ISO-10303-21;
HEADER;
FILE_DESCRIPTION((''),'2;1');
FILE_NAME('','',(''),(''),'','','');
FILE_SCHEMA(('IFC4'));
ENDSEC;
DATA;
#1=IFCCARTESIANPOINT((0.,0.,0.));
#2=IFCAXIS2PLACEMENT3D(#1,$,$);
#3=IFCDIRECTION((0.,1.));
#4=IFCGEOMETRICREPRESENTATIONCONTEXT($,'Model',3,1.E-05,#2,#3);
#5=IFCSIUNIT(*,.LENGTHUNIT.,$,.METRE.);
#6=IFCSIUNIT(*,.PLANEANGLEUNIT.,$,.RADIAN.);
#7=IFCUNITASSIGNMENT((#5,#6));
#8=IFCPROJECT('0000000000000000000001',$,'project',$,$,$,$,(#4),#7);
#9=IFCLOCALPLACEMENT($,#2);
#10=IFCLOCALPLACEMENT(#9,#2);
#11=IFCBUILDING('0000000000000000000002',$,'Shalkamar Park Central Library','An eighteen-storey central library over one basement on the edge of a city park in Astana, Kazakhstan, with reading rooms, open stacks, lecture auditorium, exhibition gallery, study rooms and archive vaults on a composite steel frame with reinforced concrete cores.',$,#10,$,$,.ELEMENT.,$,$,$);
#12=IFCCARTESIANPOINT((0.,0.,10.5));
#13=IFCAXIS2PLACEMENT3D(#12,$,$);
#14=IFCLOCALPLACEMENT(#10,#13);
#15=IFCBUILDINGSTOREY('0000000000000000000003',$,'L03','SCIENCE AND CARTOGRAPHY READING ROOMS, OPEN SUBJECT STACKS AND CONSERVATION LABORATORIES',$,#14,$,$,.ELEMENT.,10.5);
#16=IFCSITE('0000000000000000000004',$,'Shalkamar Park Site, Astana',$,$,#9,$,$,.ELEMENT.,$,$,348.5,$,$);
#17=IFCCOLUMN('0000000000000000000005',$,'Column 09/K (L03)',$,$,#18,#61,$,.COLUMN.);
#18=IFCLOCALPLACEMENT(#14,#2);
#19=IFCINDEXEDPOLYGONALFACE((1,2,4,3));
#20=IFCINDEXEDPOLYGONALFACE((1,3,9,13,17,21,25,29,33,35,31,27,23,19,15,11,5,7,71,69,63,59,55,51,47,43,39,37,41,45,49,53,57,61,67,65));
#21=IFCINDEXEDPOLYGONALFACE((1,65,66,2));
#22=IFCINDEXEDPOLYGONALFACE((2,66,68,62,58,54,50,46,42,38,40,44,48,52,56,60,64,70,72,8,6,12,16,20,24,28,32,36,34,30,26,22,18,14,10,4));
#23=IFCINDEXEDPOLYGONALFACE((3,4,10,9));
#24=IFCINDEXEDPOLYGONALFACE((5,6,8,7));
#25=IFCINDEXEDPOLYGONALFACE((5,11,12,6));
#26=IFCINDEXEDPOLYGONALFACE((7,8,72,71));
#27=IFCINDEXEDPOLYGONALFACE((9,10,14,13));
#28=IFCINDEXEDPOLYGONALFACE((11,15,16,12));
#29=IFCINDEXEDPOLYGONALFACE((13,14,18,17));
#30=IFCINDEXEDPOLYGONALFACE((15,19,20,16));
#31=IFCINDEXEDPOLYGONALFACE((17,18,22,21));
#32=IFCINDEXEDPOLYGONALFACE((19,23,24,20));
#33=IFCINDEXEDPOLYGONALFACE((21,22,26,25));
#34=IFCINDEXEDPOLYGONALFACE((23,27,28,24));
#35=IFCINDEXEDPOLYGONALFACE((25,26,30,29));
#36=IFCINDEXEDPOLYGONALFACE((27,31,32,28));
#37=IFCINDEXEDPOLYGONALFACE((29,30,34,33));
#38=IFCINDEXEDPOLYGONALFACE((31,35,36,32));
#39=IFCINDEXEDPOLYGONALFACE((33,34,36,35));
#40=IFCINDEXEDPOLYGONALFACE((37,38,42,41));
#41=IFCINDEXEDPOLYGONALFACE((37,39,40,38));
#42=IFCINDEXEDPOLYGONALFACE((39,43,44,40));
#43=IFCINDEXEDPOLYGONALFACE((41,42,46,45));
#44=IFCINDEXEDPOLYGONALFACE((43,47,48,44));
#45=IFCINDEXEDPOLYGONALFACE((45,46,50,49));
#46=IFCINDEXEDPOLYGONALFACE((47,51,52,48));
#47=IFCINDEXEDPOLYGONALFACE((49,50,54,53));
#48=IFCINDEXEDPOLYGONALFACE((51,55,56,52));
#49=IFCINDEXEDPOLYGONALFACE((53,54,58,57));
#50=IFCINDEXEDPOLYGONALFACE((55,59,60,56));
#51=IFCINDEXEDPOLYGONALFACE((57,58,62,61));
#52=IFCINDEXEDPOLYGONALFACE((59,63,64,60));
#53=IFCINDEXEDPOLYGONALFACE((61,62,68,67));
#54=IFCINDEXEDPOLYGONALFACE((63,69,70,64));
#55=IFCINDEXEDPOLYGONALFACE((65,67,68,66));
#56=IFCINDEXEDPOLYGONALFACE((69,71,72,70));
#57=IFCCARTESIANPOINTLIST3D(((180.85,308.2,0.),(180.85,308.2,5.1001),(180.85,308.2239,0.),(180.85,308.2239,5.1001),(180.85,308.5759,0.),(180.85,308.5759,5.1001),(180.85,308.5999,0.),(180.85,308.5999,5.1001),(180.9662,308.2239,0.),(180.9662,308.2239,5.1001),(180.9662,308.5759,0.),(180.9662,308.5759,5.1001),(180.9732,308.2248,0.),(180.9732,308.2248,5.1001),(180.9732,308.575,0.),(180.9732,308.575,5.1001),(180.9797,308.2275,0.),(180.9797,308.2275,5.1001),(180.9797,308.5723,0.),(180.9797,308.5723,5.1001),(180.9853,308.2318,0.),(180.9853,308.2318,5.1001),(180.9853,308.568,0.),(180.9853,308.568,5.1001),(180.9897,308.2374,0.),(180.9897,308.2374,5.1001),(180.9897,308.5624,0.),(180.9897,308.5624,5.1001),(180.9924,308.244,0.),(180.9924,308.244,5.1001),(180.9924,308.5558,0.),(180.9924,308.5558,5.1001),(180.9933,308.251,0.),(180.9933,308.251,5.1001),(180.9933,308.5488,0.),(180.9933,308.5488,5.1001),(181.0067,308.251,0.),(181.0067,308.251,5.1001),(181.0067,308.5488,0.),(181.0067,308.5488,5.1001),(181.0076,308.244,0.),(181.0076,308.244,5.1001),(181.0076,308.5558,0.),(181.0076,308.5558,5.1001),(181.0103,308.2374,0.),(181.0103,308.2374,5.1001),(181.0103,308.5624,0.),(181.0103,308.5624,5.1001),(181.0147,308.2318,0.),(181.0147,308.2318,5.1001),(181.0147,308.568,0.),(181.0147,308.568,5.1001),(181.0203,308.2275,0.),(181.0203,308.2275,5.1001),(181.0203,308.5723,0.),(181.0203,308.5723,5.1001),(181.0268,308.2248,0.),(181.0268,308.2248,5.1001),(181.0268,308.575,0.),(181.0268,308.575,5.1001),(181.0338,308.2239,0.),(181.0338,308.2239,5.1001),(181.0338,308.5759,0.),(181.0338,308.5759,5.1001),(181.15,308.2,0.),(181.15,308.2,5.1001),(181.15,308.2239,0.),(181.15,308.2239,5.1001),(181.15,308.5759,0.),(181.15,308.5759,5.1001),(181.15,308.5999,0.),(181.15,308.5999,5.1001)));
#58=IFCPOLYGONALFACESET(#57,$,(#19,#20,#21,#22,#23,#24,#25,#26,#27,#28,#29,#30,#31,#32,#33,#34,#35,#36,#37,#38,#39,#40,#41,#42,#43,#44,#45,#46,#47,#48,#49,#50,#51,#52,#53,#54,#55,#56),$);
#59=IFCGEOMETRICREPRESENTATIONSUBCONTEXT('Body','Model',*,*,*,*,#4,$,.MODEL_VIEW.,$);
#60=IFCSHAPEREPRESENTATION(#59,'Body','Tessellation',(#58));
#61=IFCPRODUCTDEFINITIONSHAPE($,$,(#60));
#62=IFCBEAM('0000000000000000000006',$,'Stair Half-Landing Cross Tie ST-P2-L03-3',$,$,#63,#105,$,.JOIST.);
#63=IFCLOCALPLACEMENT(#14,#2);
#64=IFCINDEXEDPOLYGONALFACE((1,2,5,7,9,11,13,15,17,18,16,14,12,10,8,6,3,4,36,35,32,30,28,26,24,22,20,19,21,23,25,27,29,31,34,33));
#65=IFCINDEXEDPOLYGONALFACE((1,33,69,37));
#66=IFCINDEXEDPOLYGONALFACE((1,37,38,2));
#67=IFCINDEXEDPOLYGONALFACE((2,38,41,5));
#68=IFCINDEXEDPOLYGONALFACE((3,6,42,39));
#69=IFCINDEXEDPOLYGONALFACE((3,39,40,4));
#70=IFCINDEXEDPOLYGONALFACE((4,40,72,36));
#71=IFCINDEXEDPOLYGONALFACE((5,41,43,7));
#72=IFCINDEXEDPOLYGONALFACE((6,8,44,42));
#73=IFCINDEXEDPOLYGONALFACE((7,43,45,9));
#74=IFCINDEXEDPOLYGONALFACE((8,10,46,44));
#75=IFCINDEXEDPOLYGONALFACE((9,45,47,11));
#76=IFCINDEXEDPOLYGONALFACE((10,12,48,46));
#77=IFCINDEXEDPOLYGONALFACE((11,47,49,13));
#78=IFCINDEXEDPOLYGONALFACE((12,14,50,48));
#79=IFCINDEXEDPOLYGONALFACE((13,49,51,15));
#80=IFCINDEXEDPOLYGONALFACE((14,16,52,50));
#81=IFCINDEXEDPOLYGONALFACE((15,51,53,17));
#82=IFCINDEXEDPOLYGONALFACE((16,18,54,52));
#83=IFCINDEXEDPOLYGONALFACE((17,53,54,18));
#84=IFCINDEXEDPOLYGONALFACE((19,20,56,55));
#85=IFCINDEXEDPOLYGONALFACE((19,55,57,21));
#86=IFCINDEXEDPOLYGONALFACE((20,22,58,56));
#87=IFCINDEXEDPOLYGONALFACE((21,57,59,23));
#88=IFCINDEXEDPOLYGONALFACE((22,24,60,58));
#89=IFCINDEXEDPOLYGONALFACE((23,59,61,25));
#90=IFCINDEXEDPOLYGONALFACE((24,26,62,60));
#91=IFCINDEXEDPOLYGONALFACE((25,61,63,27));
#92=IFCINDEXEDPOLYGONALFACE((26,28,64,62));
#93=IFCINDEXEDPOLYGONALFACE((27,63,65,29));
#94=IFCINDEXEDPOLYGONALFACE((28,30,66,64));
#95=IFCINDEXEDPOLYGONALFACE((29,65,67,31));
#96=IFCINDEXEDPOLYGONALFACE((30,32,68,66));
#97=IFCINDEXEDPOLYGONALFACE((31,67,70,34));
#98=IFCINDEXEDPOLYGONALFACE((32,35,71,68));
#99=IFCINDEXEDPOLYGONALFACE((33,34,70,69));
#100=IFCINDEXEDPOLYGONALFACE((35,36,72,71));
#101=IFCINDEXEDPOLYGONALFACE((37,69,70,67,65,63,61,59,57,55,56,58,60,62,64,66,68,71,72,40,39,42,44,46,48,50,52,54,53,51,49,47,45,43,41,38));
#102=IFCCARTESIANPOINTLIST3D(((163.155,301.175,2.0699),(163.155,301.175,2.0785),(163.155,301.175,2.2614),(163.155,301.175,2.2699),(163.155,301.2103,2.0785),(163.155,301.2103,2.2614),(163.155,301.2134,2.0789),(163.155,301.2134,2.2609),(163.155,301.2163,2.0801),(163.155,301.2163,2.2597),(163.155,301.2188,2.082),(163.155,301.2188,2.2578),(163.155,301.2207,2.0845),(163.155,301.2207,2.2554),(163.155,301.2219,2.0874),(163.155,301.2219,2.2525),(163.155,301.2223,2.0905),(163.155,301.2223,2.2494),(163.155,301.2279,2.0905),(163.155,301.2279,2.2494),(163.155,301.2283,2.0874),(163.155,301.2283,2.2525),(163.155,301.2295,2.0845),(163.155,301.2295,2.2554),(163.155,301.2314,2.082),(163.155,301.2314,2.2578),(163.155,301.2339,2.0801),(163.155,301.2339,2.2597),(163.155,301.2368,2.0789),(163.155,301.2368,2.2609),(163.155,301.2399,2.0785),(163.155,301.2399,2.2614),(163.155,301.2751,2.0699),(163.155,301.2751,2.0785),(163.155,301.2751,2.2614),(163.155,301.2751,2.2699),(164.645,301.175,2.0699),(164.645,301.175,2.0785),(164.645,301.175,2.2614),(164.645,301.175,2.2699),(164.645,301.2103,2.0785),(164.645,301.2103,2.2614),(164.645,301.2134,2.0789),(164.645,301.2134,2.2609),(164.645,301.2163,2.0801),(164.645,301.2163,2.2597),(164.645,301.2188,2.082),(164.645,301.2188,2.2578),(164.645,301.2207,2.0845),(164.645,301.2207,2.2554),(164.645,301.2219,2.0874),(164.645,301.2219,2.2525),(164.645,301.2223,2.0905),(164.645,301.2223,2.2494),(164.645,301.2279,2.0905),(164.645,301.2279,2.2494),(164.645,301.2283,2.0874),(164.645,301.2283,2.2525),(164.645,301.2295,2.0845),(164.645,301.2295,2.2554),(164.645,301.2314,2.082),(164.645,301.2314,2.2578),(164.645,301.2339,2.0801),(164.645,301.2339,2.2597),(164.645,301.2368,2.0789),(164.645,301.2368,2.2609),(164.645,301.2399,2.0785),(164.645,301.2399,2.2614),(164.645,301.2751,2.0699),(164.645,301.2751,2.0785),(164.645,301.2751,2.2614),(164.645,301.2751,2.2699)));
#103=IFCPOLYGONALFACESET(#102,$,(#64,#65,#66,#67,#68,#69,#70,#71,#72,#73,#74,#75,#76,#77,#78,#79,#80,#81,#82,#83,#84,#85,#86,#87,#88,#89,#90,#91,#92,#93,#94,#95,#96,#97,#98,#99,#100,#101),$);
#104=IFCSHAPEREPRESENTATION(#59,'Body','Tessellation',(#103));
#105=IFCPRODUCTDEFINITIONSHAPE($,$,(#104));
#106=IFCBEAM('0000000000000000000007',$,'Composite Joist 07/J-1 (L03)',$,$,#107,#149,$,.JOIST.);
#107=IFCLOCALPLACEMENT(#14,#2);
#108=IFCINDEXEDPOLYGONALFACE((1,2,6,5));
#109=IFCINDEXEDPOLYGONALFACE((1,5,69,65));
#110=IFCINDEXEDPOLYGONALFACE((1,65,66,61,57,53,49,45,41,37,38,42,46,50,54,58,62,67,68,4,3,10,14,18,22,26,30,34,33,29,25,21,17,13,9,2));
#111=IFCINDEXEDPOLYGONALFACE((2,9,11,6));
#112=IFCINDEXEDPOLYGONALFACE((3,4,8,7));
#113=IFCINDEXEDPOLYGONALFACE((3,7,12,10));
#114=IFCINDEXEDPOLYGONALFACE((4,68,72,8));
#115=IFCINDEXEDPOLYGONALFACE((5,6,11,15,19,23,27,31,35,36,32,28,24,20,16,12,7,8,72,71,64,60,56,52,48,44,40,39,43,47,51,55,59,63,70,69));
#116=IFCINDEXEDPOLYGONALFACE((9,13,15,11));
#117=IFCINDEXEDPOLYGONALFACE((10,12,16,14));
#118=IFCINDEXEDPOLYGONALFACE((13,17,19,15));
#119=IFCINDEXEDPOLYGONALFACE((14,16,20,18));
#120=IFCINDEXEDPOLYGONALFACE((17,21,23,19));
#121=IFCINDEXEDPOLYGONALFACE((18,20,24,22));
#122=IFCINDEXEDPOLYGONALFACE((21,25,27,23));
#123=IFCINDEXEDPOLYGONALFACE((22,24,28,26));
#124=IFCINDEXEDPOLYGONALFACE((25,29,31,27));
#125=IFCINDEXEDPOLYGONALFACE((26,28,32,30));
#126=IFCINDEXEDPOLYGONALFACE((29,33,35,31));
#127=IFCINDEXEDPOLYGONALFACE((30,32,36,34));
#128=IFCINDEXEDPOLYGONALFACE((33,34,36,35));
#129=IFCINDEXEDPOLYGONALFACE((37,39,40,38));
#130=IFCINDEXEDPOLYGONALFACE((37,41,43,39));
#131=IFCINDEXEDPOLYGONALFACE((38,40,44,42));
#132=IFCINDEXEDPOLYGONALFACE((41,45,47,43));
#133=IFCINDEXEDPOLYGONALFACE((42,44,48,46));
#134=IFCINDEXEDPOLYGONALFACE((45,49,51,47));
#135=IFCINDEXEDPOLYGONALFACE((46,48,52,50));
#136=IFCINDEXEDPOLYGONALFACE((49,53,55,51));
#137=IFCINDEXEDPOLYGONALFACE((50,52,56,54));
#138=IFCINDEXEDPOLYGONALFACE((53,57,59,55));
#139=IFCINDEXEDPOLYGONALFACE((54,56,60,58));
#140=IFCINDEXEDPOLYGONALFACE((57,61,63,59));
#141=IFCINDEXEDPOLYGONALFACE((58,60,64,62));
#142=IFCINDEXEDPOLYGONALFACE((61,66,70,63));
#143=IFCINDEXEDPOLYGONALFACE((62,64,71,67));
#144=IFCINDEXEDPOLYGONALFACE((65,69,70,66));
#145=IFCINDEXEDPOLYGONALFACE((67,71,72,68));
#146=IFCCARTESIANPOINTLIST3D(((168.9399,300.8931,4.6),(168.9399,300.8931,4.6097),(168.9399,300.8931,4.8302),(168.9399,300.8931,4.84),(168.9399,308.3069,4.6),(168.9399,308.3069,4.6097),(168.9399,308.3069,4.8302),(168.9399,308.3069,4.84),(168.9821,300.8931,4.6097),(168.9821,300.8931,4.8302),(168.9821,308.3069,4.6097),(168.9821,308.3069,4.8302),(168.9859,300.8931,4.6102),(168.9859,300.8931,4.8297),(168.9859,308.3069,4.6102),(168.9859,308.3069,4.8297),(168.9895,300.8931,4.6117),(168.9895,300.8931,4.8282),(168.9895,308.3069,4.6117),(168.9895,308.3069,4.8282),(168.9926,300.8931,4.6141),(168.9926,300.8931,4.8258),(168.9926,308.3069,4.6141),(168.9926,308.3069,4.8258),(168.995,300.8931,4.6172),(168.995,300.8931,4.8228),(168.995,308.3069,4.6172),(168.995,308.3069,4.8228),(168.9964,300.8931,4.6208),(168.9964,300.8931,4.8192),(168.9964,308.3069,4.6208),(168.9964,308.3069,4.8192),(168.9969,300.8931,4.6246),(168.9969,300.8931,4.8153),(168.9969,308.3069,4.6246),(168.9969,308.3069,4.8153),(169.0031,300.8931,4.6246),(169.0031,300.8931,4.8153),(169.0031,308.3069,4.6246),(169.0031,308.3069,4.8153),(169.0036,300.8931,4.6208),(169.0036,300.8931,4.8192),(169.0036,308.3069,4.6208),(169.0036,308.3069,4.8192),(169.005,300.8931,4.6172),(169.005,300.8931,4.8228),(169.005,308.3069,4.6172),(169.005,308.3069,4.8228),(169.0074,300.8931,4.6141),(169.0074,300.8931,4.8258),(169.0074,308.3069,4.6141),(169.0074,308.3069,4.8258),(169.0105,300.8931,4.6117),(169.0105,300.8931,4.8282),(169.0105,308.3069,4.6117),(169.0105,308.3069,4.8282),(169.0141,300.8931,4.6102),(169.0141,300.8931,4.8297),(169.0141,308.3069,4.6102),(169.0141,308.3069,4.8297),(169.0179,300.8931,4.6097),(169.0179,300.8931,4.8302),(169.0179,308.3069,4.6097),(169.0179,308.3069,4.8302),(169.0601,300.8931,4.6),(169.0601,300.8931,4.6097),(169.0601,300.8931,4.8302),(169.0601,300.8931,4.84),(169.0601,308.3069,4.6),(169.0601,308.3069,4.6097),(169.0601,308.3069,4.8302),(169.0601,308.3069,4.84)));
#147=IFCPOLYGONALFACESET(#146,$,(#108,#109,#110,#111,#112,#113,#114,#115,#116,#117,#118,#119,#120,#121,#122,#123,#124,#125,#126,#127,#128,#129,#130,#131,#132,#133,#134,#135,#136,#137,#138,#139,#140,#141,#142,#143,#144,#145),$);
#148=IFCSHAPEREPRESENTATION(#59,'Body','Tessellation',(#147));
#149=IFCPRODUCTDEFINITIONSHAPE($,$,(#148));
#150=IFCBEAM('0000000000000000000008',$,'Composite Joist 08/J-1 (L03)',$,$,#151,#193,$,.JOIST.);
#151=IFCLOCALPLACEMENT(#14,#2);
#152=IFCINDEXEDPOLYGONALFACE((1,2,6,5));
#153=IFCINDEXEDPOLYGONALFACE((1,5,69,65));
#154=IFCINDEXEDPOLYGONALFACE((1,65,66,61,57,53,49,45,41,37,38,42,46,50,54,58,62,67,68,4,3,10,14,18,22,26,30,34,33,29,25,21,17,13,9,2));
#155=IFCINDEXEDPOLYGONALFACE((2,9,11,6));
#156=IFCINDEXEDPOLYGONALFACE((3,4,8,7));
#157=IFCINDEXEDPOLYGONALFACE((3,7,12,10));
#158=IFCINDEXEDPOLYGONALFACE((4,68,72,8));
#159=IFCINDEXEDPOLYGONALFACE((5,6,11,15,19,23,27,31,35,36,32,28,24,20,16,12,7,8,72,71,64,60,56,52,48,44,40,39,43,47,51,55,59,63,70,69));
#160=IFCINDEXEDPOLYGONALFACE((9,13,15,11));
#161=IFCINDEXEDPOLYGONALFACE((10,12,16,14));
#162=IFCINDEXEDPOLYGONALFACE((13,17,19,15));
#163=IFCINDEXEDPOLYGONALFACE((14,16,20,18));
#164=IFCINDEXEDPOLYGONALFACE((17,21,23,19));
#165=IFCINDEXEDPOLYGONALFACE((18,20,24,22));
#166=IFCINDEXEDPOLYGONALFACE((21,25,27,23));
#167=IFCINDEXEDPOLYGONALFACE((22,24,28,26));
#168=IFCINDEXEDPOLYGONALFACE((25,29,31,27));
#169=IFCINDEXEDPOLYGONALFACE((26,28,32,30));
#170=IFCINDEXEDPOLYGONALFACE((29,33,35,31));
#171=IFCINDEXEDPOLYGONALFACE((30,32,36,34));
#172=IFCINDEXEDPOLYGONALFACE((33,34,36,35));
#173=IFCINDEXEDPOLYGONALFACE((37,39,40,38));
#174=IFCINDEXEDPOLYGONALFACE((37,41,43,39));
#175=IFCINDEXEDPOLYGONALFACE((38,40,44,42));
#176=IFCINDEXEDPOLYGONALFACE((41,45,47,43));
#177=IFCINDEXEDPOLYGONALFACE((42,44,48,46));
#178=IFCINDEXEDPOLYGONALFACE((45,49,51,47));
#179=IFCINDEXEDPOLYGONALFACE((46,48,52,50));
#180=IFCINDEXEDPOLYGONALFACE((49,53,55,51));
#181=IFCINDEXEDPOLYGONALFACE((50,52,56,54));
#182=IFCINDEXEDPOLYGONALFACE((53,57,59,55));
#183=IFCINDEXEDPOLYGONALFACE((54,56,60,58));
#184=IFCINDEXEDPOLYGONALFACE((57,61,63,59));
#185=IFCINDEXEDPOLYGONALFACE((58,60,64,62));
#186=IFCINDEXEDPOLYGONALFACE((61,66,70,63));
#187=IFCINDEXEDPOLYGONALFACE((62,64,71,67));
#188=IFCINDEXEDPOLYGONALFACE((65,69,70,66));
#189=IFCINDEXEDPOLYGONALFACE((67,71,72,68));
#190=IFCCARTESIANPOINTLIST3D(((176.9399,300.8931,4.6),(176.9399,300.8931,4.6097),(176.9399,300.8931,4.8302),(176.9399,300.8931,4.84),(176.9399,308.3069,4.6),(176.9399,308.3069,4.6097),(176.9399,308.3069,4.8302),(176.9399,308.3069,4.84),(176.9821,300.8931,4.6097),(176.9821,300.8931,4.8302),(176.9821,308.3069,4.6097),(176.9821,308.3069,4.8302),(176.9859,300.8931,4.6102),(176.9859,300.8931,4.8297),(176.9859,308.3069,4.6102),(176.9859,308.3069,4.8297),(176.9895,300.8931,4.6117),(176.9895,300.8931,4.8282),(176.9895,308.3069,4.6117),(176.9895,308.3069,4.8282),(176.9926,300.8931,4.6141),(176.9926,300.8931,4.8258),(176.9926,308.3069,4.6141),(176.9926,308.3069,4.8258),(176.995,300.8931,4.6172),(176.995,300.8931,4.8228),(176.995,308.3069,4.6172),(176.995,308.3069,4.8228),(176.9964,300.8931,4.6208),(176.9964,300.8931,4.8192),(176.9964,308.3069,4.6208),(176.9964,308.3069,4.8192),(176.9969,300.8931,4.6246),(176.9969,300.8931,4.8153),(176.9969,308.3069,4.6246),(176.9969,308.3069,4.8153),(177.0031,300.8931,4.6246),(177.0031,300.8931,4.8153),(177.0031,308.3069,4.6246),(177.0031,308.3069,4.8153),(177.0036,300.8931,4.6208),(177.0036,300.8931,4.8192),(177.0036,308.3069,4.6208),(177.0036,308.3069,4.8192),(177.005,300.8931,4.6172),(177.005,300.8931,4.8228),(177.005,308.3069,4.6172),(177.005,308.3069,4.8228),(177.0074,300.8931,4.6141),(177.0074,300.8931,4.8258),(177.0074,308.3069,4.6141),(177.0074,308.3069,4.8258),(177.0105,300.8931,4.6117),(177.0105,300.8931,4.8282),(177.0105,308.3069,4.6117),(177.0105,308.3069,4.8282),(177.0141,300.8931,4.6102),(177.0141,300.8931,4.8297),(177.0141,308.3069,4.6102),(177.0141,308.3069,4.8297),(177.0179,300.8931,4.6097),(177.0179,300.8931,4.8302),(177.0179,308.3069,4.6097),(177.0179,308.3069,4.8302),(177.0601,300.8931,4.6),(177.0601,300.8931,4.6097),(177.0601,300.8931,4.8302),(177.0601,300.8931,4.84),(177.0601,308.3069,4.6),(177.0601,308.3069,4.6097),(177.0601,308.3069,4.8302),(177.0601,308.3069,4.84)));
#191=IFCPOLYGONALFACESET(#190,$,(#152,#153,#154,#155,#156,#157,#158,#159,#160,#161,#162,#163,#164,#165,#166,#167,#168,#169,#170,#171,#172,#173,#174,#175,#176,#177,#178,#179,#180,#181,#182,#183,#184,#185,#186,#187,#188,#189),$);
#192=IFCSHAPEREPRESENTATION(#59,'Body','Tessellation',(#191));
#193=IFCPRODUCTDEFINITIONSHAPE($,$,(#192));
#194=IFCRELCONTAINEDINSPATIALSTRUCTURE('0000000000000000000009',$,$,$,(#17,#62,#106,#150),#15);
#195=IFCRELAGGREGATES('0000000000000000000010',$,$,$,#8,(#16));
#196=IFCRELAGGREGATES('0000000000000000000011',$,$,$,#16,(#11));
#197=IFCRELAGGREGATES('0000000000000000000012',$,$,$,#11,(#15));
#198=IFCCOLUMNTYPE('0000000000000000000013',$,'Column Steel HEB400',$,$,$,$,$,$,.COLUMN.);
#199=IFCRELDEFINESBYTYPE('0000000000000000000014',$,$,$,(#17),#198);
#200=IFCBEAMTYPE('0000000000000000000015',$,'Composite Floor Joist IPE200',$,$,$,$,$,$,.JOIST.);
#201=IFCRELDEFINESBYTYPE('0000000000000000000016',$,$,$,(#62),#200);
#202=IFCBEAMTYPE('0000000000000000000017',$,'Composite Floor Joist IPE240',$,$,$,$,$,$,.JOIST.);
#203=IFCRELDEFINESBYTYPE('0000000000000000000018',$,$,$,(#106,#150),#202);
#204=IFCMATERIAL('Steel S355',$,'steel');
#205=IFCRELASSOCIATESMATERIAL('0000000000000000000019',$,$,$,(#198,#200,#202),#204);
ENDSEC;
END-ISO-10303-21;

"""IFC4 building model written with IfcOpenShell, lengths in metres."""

from ifc_helpers import new_model, si_unit, direction, frame, origin, origin_2d, place, context, subcontext, project, spatial, i_section, extrude, material, material_profile, profile_set, type_object, element, save


model = new_model("IFC4")

# Units and contexts
model_context = context("Model", 3, precision=1e-05, world=origin(), true_north=direction((0.0, 1.0)))
body_context = subcontext(model_context, "Body", "Model", "MODEL_VIEW")
ifc_project = project(units=[si_unit("LENGTHUNIT", "METRE"), si_unit("PLANEANGLEUNIT", "RADIAN")], contexts=[model_context])

# Site, building, storey
site_placement = place(None, origin())
site = spatial("IfcSite", under=ifc_project, at=site_placement, Name="Shalkamar Park Site, Astana", CompositionType="ELEMENT", RefElevation=348.5)
building_placement = place(site_placement, origin())
building = spatial("IfcBuilding", under=site, at=building_placement, Name="Shalkamar Park Central Library", Description="An eighteen-storey central library over one basement on the edge of a city park in Astana, Kazakhstan, with reading rooms, open stacks, lecture auditorium, exhibition gallery, study rooms and archive vaults on a composite steel frame with reinforced concrete cores.", CompositionType="ELEMENT")
storey_placement = place(building_placement, frame((0.0, 0.0, 10.5)))
storey = spatial("IfcBuildingStorey", under=building, at=storey_placement, Name="L03", Description="SCIENCE AND CARTOGRAPHY READING ROOMS, OPEN SUBJECT STACKS AND CONSERVATION LABORATORIES", CompositionType="ELEMENT", Elevation=10.5)

# Column
ifc_material_1 = material(Name="Steel S355", Category="steel")
ifc_material_profile_1 = material_profile(ifc_material_1, i_section(OverallWidth=0.3, OverallDepth=0.3999, WebThickness=0.0134, FlangeThickness=0.0239, FilletRadius=0.0271, at=origin_2d()), Name="HEB 400")
ifc_profile_set_1 = profile_set([ifc_material_profile_1], Name="Steel S355")
column_type_1 = type_object("IfcColumnType", Name="Column Steel HEB400", PredefinedType="COLUMN", material=ifc_profile_set_1)
for number, where, z_axis, x_axis, name in (
    (1, (181.0, 308.3999, 0.0), (0.0, 0.0, 1.0), (1.0, 0.0, 0.0), "Column 09/K (L03)"),
):
    element("IfcColumn", number, at=place(storey_placement, frame(where, z_axis=z_axis, x_axis=x_axis)), inside=storey, type_object=column_type_1, Name=name, PredefinedType="COLUMN", context=body_context, shape_type="SweptSolid", body=[
        extrude(i_section(OverallWidth=0.3, OverallDepth=0.3999, WebThickness=0.0134, FlangeThickness=0.0239, FilletRadius=0.0271, at=origin_2d()), origin(), (0.0, 0.0, 1.0), 5.1001),
    ])

# Beams
ifc_material_profile_2 = material_profile(ifc_material_1, i_section(OverallWidth=0.1001, OverallDepth=0.2, WebThickness=0.0056, FlangeThickness=0.0085, FilletRadius=0.012, at=origin_2d()), Name="IPE 200")
ifc_profile_set_2 = profile_set([ifc_material_profile_2], Name="Steel S355")
beam_type_1 = type_object("IfcBeamType", Name="Composite Floor Joist IPE200", PredefinedType="JOIST", material=ifc_profile_set_2)
beam_1_placement = place(storey_placement, frame((163.155, 301.2251, 2.1699), z_axis=(1.0, 0.0, 0.0), x_axis=(0.0, 1.0, 0.0)))
element("IfcBeam", 2, at=beam_1_placement, inside=storey, type_object=beam_type_1, Name="Stair Half-Landing Cross Tie ST-P2-L03-3", PredefinedType="JOIST", context=body_context, shape_type="SweptSolid", body=[
    extrude(i_section(OverallWidth=0.1001, OverallDepth=0.2, WebThickness=0.0056, FlangeThickness=0.0085, FilletRadius=0.012, at=origin_2d()), origin(), (0.0, 0.0, 1.0), 1.49),
])
ifc_material_profile_3 = material_profile(ifc_material_1, i_section(OverallWidth=0.1201, OverallDepth=0.24, WebThickness=0.0061, FlangeThickness=0.0098, FilletRadius=0.0149, at=origin_2d()), Name="IPE 240")
ifc_profile_set_3 = profile_set([ifc_material_profile_3], Name="Steel S355")
beam_type_2 = type_object("IfcBeamType", Name="Composite Floor Joist IPE240", PredefinedType="JOIST", material=ifc_profile_set_3)
for number, where, z_axis, x_axis, name in (
    (3, (169.0, 300.8931, 4.72), (0.0, 1.0, 0.0), (-1.0, 0.0, 0.0), "Composite Joist 07/J-1 (L03)"),
    (4, (177.0, 300.8931, 4.72), (0.0, 1.0, 0.0), (-1.0, 0.0, 0.0), "Composite Joist 08/J-1 (L03)"),
):
    element("IfcBeam", number, at=place(storey_placement, frame(where, z_axis=z_axis, x_axis=x_axis)), inside=storey, type_object=beam_type_2, Name=name, PredefinedType="JOIST", context=body_context, shape_type="SweptSolid", body=[
        extrude(i_section(OverallWidth=0.1201, OverallDepth=0.24, WebThickness=0.0061, FlangeThickness=0.0098, FilletRadius=0.0149, at=origin_2d()), origin(), (0.0, 0.0, 1.0), 7.4138),
    ])

save(model, "model.ifc")
